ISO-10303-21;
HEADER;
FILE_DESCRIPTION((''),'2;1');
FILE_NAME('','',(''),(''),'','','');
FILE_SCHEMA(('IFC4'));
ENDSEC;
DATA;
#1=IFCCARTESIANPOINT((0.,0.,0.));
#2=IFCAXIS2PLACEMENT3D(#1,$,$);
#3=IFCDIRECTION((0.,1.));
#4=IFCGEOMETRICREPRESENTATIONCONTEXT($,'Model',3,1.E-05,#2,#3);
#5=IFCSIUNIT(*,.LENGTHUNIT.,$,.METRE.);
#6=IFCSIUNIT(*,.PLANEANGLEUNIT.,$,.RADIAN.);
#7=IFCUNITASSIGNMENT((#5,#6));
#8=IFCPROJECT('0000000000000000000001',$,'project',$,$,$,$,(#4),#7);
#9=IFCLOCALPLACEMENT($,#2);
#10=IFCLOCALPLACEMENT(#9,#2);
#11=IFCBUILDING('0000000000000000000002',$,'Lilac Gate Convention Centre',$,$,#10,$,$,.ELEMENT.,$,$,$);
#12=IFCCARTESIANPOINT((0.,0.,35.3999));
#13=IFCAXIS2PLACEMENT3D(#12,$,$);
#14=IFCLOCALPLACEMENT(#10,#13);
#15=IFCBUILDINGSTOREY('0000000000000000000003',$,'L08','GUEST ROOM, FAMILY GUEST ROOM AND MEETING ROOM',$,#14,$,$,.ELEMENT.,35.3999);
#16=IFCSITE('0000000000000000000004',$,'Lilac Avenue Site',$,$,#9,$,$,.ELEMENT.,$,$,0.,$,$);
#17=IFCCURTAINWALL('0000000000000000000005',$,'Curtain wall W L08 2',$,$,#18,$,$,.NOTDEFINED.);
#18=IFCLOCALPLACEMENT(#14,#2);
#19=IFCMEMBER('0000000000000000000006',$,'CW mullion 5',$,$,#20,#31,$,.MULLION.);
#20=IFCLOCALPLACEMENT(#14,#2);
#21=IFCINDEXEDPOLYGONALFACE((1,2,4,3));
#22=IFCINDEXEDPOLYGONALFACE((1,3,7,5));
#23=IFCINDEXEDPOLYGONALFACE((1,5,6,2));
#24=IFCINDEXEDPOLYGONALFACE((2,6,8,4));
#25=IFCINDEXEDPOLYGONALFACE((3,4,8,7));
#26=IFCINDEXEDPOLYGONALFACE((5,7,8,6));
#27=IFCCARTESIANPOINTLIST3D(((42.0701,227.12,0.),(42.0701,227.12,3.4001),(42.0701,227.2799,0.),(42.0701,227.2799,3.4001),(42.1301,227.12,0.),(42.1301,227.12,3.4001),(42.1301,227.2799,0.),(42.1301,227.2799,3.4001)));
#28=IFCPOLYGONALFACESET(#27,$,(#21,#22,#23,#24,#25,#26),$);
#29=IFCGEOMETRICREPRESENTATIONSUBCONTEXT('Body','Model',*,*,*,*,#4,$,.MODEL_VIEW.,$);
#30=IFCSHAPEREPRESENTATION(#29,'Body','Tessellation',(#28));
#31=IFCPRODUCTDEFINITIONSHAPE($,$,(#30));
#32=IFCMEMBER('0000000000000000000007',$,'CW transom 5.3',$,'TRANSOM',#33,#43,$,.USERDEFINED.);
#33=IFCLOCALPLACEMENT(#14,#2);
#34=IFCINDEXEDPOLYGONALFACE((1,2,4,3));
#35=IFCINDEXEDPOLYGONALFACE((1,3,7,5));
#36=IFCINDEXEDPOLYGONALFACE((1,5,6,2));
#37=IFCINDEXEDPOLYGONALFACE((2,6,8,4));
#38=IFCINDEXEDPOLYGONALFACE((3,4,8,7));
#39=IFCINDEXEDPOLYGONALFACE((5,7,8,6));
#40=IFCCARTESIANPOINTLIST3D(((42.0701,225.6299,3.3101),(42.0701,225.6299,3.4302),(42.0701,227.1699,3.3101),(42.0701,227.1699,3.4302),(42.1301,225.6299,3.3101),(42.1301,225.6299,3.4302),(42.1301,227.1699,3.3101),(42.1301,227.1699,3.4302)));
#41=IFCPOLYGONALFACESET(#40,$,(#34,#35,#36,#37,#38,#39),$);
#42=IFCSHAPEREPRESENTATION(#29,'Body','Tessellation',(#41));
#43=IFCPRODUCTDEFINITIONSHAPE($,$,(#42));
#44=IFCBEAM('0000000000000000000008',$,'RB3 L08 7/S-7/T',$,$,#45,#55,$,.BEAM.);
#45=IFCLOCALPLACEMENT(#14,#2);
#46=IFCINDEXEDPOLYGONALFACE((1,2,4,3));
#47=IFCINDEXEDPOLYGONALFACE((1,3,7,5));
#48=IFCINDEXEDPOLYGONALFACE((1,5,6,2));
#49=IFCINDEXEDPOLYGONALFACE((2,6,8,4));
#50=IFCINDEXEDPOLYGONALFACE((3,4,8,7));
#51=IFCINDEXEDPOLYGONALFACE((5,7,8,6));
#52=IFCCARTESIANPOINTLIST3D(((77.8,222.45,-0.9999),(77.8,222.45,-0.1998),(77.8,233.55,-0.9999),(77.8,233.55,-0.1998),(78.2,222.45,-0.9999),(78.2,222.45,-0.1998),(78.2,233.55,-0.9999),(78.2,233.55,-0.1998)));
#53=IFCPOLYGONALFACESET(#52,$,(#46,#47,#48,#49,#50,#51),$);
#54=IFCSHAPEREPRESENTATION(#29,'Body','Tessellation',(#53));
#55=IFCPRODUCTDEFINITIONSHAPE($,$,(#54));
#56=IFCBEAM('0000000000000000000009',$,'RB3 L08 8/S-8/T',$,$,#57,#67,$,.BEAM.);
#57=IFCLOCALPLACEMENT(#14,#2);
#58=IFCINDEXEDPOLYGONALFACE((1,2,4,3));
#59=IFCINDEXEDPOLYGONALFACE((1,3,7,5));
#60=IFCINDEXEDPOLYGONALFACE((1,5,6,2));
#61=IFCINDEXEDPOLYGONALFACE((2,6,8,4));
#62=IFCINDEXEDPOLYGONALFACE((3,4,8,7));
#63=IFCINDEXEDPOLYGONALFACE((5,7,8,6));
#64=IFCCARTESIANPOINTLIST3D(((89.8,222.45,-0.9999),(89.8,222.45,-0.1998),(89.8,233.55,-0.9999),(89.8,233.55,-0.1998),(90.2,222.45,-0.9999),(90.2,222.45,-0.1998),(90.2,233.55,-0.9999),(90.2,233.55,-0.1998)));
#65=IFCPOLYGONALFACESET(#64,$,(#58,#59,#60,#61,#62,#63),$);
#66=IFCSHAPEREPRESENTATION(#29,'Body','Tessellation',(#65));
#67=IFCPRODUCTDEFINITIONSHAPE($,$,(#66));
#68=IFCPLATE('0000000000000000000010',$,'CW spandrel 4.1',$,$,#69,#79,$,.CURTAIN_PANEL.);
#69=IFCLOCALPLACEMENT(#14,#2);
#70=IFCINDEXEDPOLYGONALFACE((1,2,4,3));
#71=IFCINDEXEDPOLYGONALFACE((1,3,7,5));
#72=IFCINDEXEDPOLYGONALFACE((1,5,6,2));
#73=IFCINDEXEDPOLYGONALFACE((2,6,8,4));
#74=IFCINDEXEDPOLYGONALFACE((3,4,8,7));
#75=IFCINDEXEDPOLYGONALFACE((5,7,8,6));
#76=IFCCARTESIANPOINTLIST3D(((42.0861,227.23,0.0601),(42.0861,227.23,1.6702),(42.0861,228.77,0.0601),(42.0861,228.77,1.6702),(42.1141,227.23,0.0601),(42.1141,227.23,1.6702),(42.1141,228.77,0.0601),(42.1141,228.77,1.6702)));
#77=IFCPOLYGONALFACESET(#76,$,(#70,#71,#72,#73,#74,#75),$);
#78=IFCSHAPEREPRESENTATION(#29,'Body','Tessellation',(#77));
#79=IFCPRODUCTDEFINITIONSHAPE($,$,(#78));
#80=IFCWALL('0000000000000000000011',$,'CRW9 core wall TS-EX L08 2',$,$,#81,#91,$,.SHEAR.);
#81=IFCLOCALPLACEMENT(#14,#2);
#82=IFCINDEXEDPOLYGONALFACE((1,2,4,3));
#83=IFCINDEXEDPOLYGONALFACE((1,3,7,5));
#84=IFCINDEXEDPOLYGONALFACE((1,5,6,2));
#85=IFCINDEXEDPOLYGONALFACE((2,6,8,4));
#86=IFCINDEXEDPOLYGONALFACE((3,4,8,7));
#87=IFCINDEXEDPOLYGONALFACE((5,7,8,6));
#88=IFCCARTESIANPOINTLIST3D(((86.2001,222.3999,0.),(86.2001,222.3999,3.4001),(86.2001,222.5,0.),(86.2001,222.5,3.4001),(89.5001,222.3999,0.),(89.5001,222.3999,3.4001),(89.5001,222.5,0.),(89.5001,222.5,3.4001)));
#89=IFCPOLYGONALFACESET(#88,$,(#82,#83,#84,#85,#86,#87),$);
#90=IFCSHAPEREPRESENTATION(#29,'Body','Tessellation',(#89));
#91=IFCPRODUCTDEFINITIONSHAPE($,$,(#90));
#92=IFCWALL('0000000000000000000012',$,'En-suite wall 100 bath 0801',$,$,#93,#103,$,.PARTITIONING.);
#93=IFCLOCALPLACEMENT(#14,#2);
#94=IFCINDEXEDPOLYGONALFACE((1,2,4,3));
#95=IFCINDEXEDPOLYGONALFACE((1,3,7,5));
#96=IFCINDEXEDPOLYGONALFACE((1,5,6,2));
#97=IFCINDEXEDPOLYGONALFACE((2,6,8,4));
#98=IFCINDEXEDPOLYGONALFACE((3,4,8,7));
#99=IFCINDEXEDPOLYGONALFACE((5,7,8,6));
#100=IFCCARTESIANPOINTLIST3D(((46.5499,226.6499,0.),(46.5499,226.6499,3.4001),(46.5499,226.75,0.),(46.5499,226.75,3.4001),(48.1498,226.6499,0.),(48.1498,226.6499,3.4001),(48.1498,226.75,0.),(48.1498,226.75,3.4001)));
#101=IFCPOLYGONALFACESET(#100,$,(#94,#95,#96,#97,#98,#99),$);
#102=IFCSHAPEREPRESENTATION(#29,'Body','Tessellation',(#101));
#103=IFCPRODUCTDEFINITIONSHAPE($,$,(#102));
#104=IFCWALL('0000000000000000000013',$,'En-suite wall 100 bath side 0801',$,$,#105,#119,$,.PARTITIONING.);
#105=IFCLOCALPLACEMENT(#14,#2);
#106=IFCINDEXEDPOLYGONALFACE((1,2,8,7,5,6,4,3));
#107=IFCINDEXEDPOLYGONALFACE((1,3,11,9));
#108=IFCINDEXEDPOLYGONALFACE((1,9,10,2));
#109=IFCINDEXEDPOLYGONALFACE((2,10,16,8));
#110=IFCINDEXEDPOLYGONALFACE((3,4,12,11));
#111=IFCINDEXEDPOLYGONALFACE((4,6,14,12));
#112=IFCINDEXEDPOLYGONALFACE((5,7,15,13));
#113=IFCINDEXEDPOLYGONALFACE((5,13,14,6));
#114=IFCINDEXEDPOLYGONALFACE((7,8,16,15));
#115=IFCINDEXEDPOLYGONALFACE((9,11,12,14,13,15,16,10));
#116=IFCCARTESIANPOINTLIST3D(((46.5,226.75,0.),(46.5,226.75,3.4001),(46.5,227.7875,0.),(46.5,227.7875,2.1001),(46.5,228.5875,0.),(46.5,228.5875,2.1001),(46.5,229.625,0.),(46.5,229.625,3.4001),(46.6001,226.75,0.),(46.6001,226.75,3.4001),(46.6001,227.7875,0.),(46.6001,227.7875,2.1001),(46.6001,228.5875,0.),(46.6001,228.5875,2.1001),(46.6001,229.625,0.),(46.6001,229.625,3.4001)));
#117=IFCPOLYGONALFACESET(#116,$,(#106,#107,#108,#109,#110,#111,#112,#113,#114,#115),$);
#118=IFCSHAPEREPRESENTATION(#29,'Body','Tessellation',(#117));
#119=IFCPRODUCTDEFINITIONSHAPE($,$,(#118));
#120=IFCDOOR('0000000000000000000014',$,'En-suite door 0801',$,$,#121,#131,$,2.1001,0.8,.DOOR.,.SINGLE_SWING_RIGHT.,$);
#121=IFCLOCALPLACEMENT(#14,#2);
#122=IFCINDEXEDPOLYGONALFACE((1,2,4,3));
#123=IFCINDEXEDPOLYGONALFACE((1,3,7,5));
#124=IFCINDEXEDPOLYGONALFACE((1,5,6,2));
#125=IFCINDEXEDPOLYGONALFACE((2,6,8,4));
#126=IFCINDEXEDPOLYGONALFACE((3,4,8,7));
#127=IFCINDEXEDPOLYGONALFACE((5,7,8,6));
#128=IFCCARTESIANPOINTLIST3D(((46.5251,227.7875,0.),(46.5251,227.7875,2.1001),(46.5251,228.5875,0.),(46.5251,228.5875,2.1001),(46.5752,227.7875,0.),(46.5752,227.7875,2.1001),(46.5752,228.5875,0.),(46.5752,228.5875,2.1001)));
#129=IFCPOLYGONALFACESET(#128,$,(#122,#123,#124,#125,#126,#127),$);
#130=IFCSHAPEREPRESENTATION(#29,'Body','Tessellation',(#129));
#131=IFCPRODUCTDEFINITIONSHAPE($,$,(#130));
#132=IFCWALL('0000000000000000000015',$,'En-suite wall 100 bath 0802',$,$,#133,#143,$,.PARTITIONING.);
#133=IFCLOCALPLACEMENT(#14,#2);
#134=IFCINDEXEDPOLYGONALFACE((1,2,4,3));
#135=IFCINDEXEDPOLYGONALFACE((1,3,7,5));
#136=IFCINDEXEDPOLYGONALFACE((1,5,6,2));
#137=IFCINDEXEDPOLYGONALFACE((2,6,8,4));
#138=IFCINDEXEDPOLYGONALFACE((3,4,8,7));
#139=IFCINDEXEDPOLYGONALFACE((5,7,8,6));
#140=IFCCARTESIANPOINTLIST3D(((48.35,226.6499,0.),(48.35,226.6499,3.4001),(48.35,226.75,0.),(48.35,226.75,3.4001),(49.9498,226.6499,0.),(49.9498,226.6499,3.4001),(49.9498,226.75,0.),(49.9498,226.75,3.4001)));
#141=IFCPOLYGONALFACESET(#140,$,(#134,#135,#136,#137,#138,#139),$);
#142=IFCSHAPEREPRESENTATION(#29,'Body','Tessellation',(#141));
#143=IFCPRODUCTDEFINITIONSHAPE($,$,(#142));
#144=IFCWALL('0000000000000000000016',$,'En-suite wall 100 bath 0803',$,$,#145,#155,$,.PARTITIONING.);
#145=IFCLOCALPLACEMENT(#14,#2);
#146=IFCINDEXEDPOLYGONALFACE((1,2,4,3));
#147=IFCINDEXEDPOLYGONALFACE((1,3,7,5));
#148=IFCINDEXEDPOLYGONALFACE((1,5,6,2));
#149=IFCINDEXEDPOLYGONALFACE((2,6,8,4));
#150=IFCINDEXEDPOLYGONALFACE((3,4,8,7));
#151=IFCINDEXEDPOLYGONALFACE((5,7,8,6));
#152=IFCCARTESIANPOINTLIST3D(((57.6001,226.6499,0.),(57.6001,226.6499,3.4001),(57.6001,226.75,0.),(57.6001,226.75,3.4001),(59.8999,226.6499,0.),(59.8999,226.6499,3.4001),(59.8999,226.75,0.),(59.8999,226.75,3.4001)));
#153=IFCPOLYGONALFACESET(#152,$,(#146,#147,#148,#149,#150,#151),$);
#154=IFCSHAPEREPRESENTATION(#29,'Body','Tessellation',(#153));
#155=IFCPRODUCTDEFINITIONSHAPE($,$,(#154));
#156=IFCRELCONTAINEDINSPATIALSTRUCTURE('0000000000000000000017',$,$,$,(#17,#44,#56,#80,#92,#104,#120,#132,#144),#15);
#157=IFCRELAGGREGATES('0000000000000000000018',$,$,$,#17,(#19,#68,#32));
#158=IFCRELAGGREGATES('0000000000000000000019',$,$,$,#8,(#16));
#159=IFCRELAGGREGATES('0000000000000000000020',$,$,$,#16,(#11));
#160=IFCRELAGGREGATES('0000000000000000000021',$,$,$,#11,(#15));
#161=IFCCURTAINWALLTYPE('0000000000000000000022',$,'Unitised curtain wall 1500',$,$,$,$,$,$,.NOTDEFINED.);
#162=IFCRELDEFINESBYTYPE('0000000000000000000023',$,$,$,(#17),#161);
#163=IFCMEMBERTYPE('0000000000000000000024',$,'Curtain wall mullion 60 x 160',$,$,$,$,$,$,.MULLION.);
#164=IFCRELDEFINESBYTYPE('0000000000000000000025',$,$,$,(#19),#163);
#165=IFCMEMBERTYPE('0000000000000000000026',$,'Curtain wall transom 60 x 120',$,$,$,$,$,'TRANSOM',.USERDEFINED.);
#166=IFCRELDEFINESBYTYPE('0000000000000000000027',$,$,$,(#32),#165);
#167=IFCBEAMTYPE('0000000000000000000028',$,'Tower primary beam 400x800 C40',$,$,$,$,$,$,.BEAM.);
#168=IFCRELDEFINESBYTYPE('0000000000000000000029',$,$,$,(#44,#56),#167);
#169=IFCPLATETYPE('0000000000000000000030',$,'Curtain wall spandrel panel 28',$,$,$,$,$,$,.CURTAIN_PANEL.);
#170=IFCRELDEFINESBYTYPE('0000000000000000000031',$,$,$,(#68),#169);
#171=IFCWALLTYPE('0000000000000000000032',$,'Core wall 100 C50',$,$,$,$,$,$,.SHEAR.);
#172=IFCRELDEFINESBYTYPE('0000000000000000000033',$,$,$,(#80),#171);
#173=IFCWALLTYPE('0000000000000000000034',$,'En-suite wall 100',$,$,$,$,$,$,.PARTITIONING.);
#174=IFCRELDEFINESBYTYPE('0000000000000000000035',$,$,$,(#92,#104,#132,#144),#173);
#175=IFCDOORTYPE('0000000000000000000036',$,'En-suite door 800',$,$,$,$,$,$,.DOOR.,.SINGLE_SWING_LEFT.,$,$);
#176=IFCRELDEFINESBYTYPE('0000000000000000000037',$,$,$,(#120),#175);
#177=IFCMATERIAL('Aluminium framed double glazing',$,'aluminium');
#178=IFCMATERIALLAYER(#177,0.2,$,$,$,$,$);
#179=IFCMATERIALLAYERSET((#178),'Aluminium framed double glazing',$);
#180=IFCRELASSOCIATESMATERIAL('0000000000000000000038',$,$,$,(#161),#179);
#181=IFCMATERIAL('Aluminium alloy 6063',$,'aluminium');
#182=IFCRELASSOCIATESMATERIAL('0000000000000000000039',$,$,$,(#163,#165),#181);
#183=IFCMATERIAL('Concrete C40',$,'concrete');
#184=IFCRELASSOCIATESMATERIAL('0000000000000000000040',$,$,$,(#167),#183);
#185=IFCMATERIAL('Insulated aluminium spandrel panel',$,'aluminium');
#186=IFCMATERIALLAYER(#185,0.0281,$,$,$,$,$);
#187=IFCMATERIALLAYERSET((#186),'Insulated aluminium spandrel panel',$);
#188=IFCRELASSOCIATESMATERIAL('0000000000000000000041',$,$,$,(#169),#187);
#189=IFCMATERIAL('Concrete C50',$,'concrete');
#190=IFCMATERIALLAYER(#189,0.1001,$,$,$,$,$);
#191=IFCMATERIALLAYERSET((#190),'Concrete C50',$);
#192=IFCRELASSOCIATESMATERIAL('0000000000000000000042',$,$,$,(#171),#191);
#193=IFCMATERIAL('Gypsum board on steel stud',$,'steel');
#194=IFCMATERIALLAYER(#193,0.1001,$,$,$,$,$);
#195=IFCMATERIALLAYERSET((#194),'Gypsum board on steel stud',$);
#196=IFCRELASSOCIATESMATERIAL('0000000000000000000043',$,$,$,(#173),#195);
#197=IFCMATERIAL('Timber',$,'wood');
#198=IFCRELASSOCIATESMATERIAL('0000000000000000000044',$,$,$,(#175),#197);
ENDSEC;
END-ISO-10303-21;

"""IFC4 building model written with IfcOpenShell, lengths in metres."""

from ifc_helpers import new_model, si_unit, direction, frame, frame_2d, origin, origin_2d, place, context, subcontext, project, spatial, rectangle, extrude, material, layer, layer_set, material_profile, profile_set, type_object, element, fill, aggregate, save


model = new_model("IFC4")

# Units and contexts
model_context = context("Model", 3, precision=1e-05, world=origin(), true_north=direction((0.0, 1.0)))
body_context = subcontext(model_context, "Body", "Model", "MODEL_VIEW")
ifc_project = project(units=[si_unit("LENGTHUNIT", "METRE"), si_unit("PLANEANGLEUNIT", "RADIAN")], contexts=[model_context])

# Site, building, storey
site_placement = place(None, origin())
site = spatial("IfcSite", under=ifc_project, at=site_placement, Name="Lilac Avenue Site", CompositionType="ELEMENT", RefElevation=0.0)
building_placement = place(site_placement, origin())
building = spatial("IfcBuilding", under=site, at=building_placement, Name="Lilac Gate Convention Centre", CompositionType="ELEMENT")
storey_placement = place(building_placement, frame((0.0, 0.0, 35.3999)))
storey = spatial("IfcBuildingStorey", under=building, at=storey_placement, Name="L08", Description="GUEST ROOM, FAMILY GUEST ROOM AND MEETING ROOM", CompositionType="ELEMENT", Elevation=35.3999)

# Curtain wall, members
ifc_material_1 = material(Name="Aluminium framed double glazing", Category="aluminium")
ifc_layer_1 = layer(ifc_material_1, 0.2)
ifc_layer_set_1 = layer_set([ifc_layer_1], Name="Aluminium framed double glazing")
curtain_wall_type = type_object("IfcCurtainWallType", Name="Unitised curtain wall 1500", PredefinedType="NOTDEFINED", material=ifc_layer_set_1)
curtain_wall_placement = place(storey_placement, origin())
curtain_wall = element("IfcCurtainWall", 1, at=curtain_wall_placement, inside=storey, type_object=curtain_wall_type, Name="Curtain wall W L08 2", PredefinedType="NOTDEFINED")
ifc_material_2 = material(Name="Aluminium alloy 6063", Category="aluminium")
ifc_material_profile_1 = material_profile(ifc_material_2, rectangle(XDim=0.0601, YDim=0.1599, at=origin_2d()), Name="Curtain wall mullion 60 x 160")
ifc_profile_set_1 = profile_set([ifc_material_profile_1], Name="Aluminium alloy 6063")
member_type_1 = type_object("IfcMemberType", Name="Curtain wall mullion 60 x 160", PredefinedType="MULLION", material=ifc_profile_set_1)
member_1_placement = place(storey_placement, frame((42.1001, 227.2, 0.0), z_axis=(0.0, 0.0, 1.0), x_axis=(1.0, 0.0, 0.0)))
member_1 = element("IfcMember", 2, at=member_1_placement, type_object=member_type_1, Name="CW mullion 5", PredefinedType="MULLION", context=body_context, shape_type="SweptSolid", body=[
    extrude(rectangle(XDim=0.0601, YDim=0.1599, at=origin_2d()), origin(), (0.0, 0.0, 1.0), 3.4001),
])
ifc_material_profile_2 = material_profile(ifc_material_2, rectangle(XDim=0.0601, YDim=0.1201, at=origin_2d()), Name="Curtain wall transom 60 x 120")
ifc_profile_set_2 = profile_set([ifc_material_profile_2], Name="Aluminium alloy 6063")
member_type_2 = type_object("IfcMemberType", Name="Curtain wall transom 60 x 120", ElementType="TRANSOM", PredefinedType="USERDEFINED", material=ifc_profile_set_2)
member_2_placement = place(storey_placement, frame((42.1001, 227.1699, 3.3701), z_axis=(0.0, -1.0, 0.0), x_axis=(1.0, 0.0, 0.0)))
member_2 = element("IfcMember", 3, at=member_2_placement, type_object=member_type_2, Name="CW transom 5.3", ObjectType="TRANSOM", PredefinedType="USERDEFINED", context=body_context, shape_type="SweptSolid", body=[
    extrude(rectangle(XDim=0.0601, YDim=0.1201, at=origin_2d()), origin(), (0.0, 0.0, 1.0), 1.54),
])

# Beams
ifc_material_3 = material(Name="Concrete C40", Category="concrete")
ifc_material_profile_3 = material_profile(ifc_material_3, rectangle(XDim=0.3999, YDim=0.8, at=origin_2d()), Name="RC 400x800")
ifc_profile_set_3 = profile_set([ifc_material_profile_3], Name="Concrete C40")
beam_type = type_object("IfcBeamType", Name="Tower primary beam 400x800 C40", PredefinedType="BEAM", material=ifc_profile_set_3)
for number, where, z_axis, x_axis, name in (
    (4, (78.0, 222.45, -0.5999), (0.0, 1.0, 0.0), (-1.0, 0.0, 0.0), "RB3 L08 7/S-7/T"),
    (5, (90.0, 222.45, -0.5999), (0.0, 1.0, 0.0), (-1.0, 0.0, 0.0), "RB3 L08 8/S-8/T"),
):
    element("IfcBeam", number, at=place(storey_placement, frame(where, z_axis=z_axis, x_axis=x_axis)), inside=storey, type_object=beam_type, Name=name, PredefinedType="BEAM", context=body_context, shape_type="SweptSolid", body=[
        extrude(rectangle(XDim=0.3999, YDim=0.8, at=origin_2d()), origin(), (0.0, 0.0, 1.0), 11.1001),
    ])

# Plate
ifc_material_4 = material(Name="Insulated aluminium spandrel panel", Category="aluminium")
ifc_layer_2 = layer(ifc_material_4, 0.0281)
ifc_layer_set_2 = layer_set([ifc_layer_2], Name="Insulated aluminium spandrel panel")
plate_type = type_object("IfcPlateType", Name="Curtain wall spandrel panel 28", PredefinedType="CURTAIN_PANEL", material=ifc_layer_set_2)
plate_placement = place(storey_placement, frame((42.1001, 228.0, 0.0601), z_axis=(0.0, 0.0, 1.0), x_axis=(0.0, -1.0, 0.0)))
plate = element("IfcPlate", 6, at=plate_placement, type_object=plate_type, Name="CW spandrel 4.1", PredefinedType="CURTAIN_PANEL", context=body_context, shape_type="SweptSolid", body=[
    extrude(rectangle(XDim=1.54, YDim=0.0281, at=origin_2d()), origin(), (0.0, 0.0, 1.0), 1.6101),
])
aggregate(curtain_wall, [member_1, plate, member_2])

# Walls
ifc_material_5 = material(Name="Concrete C50", Category="concrete")
ifc_layer_3 = layer(ifc_material_5, 0.1001)
ifc_layer_set_3 = layer_set([ifc_layer_3], Name="Concrete C50")
wall_type_1 = type_object("IfcWallType", Name="Core wall 100 C50", PredefinedType="SHEAR", material=ifc_layer_set_3)
wall_1_placement = place(storey_placement, frame((89.5, 222.45, 0.0), z_axis=(0.0, 0.0, 1.0), x_axis=(-1.0, 0.0, 0.0)))
element("IfcWall", 7, at=wall_1_placement, inside=storey, type_object=wall_type_1, Name="CRW9 core wall TS-EX L08 2", PredefinedType="SHEAR", context=body_context, shape_type="SweptSolid", body=[
    extrude(rectangle(XDim=3.3, YDim=0.1001, at=frame_2d((1.6499, 0.0))), origin(), (0.0, 0.0, 1.0), 3.4001),
])
ifc_material_6 = material(Name="Gypsum board on steel stud", Category="steel")
ifc_layer_4 = layer(ifc_material_6, 0.1001)
ifc_layer_set_4 = layer_set([ifc_layer_4], Name="Gypsum board on steel stud")
wall_type_2 = type_object("IfcWallType", Name="En-suite wall 100", PredefinedType="PARTITIONING", material=ifc_layer_set_4)
wall_2_placement = place(storey_placement, frame((46.55, 226.7, 0.0), z_axis=(0.0, 0.0, 1.0), x_axis=(1.0, 0.0, 0.0)))
element("IfcWall", 8, at=wall_2_placement, inside=storey, type_object=wall_type_2, Name="En-suite wall 100 bath 0801", PredefinedType="PARTITIONING", context=body_context, shape_type="SweptSolid", body=[
    extrude(rectangle(XDim=1.5999, YDim=0.1001, at=frame_2d((0.7998, 0.0))), origin(), (0.0, 0.0, 1.0), 3.4001),
])

# Wall, opening, door
wall_3_placement = place(storey_placement, frame((46.55, 226.75, 0.0), z_axis=(0.0, 0.0, 1.0), x_axis=(0.0, 1.0, 0.0)))
wall_3 = element("IfcWall", 9, at=wall_3_placement, inside=storey, type_object=wall_type_2, Name="En-suite wall 100 bath side 0801", PredefinedType="PARTITIONING", context=body_context, shape_type="SweptSolid", body=[
    extrude(rectangle(XDim=2.875, YDim=0.1001, at=frame_2d((1.4375, 0.0))), origin(), (0.0, 0.0, 1.0), 3.4001),
])
opening_1_placement = place(wall_3_placement, frame((1.0376, 0.0, 0.0)))
opening_1 = element("IfcOpeningElement", 10, at=opening_1_placement, cuts=wall_3, PredefinedType="OPENING", context=body_context, shape_type="SweptSolid", body=[
    extrude(rectangle(XDim=0.8, YDim=2.1001, at=frame_2d((0.3999, 1.05))), frame((0.0, 0.0601, 0.0), z_axis=(0.0, -1.0, 0.0), x_axis=(1.0, 0.0, 0.0)), (0.0, 0.0, 1.0), 0.1201),
])
ifc_material_7 = material(Name="Timber", Category="wood")
door_type = type_object("IfcDoorType", Name="En-suite door 800", OperationType="SINGLE_SWING_LEFT", PredefinedType="DOOR", material=ifc_material_7)
door_1_placement = place(opening_1_placement, origin())
door_1 = element("IfcDoor", 11, at=door_1_placement, inside=storey, type_object=door_type, Name="En-suite door 0801", OperationType="SINGLE_SWING_RIGHT", OverallHeight=2.1001, OverallWidth=0.8, PredefinedType="DOOR", context=body_context, shape_type="SweptSolid", body=[
    extrude(rectangle(XDim=0.8, YDim=2.1001, at=frame_2d((0.3999, 1.05))), frame((0.0, 0.0249, 0.0), z_axis=(0.0, -1.0, 0.0), x_axis=(1.0, 0.0, 0.0)), (0.0, 0.0, 1.0), 0.05),
])
fill(opening_1, door_1)

# Walls
wall_4_placement = place(storey_placement, frame((48.3501, 226.7, 0.0), z_axis=(0.0, 0.0, 1.0), x_axis=(1.0, 0.0, 0.0)))
element("IfcWall", 12, at=wall_4_placement, inside=storey, type_object=wall_type_2, Name="En-suite wall 100 bath 0802", PredefinedType="PARTITIONING", context=body_context, shape_type="SweptSolid", body=[
    extrude(rectangle(XDim=1.5999, YDim=0.1001, at=frame_2d((0.7998, 0.0))), origin(), (0.0, 0.0, 1.0), 3.4001),
])
wall_5_placement = place(storey_placement, frame((57.6001, 226.7, 0.0), z_axis=(0.0, 0.0, 1.0), x_axis=(1.0, 0.0, 0.0)))
element("IfcWall", 13, at=wall_5_placement, inside=storey, type_object=wall_type_2, Name="En-suite wall 100 bath 0803", PredefinedType="PARTITIONING", context=body_context, shape_type="SweptSolid", body=[
    extrude(rectangle(XDim=2.2998, YDim=0.1001, at=frame_2d((1.1499, 0.0))), origin(), (0.0, 0.0, 1.0), 3.4001),
])

save(model, "model.ifc")
